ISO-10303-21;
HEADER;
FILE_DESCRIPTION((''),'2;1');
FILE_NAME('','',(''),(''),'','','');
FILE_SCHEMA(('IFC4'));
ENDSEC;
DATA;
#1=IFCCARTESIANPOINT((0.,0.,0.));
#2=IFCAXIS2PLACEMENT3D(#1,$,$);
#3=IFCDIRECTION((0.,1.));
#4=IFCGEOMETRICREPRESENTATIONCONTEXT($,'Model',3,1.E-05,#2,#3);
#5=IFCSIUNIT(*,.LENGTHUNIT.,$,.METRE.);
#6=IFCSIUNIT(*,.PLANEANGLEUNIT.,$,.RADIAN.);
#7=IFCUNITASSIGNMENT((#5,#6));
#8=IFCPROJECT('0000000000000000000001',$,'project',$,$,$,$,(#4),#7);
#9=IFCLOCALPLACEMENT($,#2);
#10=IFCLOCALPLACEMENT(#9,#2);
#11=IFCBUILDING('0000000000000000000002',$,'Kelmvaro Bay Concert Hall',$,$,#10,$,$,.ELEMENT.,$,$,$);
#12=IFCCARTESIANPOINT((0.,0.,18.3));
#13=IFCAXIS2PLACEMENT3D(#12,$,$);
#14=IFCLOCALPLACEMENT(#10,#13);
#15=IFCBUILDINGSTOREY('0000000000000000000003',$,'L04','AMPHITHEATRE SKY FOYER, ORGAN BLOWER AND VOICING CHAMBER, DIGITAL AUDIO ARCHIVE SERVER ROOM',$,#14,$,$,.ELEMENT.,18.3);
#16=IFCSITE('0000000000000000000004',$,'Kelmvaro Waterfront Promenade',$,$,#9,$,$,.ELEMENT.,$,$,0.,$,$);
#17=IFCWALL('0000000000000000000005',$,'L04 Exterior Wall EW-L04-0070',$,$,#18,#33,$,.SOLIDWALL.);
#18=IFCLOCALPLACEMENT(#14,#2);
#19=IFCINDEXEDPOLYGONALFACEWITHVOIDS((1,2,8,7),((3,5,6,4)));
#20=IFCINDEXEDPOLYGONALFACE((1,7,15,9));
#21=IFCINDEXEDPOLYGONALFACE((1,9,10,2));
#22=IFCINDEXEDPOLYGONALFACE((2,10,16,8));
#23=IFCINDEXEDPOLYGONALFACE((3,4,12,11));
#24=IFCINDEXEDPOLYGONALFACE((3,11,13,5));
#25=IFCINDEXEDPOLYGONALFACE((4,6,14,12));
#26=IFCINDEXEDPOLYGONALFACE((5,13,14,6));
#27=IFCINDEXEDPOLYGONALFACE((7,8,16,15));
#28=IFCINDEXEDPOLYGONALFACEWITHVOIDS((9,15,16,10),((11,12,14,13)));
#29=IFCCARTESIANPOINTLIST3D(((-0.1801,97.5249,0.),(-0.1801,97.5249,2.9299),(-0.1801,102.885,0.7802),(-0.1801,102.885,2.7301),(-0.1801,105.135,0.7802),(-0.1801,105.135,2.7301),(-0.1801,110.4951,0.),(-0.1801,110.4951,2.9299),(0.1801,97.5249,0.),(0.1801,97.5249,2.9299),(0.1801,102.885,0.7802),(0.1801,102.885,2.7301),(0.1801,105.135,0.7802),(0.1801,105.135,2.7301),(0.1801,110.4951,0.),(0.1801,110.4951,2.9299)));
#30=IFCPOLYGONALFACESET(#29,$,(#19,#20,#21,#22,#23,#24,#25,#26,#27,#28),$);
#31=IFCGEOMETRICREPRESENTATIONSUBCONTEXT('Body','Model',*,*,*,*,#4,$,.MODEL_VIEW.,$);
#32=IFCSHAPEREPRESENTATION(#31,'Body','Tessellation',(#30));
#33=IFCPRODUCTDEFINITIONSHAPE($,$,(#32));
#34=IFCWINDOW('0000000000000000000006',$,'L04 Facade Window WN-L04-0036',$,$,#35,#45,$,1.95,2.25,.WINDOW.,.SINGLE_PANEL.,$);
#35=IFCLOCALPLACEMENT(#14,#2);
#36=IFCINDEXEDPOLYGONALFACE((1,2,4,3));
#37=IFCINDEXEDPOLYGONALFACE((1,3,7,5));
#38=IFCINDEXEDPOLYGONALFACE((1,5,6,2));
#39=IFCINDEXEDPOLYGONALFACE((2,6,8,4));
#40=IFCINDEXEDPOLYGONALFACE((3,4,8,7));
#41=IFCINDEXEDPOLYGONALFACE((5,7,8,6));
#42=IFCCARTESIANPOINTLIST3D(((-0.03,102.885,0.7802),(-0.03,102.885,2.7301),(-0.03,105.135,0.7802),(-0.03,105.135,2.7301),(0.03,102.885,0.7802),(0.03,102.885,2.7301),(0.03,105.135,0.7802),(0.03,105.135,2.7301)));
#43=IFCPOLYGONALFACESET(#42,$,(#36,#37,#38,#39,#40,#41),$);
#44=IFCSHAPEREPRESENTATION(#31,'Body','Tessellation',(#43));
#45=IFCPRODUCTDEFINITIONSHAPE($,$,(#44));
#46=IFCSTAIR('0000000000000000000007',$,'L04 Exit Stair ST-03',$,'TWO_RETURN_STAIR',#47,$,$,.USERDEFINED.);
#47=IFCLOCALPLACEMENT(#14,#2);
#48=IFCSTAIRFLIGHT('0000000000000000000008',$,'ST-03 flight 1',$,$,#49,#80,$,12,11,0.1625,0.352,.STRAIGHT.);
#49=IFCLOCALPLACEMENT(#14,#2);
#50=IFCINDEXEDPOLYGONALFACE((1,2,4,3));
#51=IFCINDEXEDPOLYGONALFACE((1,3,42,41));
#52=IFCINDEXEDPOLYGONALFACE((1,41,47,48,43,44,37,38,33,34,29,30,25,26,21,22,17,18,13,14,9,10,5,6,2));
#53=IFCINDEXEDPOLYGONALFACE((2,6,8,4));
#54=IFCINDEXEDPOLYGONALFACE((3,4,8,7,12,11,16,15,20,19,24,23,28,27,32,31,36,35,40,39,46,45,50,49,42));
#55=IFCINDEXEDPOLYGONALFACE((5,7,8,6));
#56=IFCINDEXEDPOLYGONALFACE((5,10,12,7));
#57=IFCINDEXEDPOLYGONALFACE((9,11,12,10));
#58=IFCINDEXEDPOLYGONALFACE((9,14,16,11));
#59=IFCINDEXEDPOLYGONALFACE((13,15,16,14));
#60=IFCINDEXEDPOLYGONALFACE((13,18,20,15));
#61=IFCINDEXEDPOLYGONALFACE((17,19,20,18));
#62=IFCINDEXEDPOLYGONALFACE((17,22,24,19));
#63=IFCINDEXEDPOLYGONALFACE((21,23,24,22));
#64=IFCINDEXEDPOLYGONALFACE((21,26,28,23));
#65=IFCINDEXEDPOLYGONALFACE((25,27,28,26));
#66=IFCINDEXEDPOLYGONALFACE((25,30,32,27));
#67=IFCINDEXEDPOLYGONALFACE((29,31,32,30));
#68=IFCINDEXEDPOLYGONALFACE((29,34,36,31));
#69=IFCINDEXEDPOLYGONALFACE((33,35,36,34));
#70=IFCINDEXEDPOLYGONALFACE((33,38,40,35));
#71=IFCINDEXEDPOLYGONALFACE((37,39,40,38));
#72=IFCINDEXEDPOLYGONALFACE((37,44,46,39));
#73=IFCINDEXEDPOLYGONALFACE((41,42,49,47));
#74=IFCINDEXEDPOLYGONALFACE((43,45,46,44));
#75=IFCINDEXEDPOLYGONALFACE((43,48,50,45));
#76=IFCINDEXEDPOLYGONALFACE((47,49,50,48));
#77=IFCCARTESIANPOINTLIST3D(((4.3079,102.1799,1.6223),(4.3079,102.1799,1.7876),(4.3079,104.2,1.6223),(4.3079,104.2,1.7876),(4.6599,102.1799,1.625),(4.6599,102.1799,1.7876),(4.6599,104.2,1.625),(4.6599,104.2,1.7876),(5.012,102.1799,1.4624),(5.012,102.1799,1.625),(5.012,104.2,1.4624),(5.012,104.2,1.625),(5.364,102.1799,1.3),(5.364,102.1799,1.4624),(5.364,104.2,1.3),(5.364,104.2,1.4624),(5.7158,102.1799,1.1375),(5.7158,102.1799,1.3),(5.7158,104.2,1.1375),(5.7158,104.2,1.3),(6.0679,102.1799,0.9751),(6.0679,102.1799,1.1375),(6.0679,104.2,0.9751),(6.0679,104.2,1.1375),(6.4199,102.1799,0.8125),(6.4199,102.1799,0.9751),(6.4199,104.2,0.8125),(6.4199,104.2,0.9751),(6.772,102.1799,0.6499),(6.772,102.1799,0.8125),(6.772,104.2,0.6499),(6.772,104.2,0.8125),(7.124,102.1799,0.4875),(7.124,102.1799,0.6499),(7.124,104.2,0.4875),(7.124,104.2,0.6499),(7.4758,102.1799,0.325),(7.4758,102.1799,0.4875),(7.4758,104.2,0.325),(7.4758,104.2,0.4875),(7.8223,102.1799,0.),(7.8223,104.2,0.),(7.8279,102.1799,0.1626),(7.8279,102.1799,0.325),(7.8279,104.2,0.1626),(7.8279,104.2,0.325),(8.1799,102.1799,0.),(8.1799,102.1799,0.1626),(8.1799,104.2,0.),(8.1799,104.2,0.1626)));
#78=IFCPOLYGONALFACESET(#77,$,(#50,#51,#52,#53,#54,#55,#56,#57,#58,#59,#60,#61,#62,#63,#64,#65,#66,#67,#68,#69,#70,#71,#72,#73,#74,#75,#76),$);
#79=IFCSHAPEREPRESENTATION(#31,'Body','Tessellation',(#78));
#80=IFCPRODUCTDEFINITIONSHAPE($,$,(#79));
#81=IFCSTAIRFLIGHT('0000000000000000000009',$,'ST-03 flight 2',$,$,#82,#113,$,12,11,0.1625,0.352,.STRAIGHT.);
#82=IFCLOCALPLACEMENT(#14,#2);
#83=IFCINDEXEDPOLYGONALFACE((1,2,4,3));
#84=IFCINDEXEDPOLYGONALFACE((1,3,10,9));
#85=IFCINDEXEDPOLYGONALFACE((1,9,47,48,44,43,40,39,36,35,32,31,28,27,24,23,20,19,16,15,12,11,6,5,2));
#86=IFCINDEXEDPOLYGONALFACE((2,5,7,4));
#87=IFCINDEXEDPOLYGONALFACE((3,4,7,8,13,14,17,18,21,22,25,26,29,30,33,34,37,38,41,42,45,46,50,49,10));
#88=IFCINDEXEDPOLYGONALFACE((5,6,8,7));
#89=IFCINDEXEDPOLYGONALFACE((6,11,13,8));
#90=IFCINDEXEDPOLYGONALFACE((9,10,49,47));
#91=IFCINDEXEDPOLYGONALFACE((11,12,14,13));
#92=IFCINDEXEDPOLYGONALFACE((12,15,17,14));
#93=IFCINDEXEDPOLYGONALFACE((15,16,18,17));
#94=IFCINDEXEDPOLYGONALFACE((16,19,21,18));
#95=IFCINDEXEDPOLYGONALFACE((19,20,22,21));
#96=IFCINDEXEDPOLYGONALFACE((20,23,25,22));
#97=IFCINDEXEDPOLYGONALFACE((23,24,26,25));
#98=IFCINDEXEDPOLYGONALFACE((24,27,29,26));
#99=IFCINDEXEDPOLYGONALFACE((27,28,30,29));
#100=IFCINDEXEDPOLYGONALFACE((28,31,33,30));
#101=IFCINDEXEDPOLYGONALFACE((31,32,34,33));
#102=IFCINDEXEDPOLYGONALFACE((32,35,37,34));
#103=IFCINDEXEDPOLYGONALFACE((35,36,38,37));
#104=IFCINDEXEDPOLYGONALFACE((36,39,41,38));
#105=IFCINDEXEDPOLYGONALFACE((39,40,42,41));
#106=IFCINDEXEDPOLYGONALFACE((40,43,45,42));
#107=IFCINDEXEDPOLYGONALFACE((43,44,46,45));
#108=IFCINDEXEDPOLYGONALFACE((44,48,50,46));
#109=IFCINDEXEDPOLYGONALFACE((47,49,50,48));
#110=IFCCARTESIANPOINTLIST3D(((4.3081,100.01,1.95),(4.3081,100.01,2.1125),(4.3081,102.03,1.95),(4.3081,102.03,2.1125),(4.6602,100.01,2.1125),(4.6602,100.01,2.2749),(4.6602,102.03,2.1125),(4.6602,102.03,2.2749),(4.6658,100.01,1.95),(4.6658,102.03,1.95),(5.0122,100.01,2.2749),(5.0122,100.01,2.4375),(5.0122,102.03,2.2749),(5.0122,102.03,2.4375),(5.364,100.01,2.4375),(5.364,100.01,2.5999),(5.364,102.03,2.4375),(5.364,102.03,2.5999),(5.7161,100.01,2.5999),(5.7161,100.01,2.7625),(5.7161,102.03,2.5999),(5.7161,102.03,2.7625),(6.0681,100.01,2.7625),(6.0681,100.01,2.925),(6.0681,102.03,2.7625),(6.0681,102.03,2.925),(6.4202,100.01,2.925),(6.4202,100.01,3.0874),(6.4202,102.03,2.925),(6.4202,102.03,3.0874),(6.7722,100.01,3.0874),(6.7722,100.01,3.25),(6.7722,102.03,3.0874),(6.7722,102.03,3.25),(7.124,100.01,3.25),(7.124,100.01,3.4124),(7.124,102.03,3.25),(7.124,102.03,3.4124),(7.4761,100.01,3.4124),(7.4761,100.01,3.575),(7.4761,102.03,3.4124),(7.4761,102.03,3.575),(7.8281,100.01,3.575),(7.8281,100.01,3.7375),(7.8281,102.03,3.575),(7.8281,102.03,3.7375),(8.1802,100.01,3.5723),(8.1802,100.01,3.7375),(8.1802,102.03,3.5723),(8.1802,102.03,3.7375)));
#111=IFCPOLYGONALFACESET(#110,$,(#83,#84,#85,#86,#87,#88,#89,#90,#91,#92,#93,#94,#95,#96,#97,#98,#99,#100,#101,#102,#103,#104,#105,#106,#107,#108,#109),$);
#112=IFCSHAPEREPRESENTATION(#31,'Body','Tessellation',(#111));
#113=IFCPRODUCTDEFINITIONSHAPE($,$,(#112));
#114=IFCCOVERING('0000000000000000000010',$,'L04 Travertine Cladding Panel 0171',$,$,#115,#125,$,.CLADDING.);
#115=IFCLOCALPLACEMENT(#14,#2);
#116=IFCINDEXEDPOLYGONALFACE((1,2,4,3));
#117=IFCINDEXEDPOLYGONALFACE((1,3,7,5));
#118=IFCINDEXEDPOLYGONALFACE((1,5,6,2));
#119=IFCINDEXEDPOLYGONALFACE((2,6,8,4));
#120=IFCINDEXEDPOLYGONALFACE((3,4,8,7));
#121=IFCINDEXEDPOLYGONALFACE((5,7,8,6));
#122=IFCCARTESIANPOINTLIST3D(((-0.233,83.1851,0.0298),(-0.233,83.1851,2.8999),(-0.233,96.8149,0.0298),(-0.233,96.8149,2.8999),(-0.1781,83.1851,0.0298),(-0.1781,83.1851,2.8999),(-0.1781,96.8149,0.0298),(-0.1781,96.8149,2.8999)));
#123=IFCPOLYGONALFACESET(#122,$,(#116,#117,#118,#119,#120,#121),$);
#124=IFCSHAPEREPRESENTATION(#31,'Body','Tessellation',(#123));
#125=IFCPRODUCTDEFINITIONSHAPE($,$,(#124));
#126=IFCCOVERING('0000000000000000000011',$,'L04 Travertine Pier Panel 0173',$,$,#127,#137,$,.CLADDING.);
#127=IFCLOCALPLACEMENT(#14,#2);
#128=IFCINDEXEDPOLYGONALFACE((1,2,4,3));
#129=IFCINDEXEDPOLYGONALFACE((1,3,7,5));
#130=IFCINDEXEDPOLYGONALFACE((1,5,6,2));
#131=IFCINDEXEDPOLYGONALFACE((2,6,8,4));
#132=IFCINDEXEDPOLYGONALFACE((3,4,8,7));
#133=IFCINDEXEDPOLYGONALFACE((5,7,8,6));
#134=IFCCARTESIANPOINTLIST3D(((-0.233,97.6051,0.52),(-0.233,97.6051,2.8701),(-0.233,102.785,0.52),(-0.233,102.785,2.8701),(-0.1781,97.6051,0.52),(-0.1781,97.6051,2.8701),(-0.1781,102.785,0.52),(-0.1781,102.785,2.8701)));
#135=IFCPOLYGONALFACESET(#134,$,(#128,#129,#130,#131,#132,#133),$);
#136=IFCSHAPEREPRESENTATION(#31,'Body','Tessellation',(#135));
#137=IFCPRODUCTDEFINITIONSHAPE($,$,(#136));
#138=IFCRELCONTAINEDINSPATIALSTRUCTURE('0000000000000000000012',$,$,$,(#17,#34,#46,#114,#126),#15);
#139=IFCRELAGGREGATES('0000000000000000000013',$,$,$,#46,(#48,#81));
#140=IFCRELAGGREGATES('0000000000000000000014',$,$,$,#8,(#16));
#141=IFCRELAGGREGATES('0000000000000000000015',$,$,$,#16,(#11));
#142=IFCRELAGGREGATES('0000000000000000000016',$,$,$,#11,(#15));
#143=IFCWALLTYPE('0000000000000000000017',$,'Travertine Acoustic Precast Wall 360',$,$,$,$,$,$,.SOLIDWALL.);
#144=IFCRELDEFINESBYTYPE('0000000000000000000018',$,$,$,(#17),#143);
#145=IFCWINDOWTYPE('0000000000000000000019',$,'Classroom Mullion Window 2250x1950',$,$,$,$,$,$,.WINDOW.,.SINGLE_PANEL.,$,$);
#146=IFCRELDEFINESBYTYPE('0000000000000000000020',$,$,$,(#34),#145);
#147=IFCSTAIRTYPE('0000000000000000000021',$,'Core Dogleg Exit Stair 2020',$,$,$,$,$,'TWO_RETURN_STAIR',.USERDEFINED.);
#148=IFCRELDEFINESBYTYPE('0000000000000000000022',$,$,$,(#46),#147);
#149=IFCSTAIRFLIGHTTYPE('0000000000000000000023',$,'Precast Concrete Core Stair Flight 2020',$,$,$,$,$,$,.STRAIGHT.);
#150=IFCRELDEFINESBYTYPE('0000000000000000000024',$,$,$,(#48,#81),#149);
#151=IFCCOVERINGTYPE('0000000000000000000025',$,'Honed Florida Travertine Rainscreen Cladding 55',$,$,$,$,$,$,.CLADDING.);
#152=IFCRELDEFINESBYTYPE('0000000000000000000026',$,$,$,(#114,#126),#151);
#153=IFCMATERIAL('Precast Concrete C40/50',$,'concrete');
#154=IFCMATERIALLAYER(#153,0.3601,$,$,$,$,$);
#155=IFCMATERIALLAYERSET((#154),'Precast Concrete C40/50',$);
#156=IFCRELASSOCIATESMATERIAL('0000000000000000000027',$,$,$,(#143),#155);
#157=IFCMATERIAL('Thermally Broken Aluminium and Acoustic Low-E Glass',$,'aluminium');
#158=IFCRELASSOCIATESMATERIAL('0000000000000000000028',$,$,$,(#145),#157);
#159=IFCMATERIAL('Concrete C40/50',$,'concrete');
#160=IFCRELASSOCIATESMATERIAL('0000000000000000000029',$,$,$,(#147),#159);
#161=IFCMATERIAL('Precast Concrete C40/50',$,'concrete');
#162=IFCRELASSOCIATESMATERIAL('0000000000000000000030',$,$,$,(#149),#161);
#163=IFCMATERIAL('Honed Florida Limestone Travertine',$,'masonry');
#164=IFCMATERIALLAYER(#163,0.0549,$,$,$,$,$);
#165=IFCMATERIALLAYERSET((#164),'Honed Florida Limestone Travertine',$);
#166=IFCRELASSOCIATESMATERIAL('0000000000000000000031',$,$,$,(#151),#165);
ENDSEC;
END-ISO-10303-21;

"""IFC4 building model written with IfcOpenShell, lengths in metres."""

from ifc_helpers import new_model, si_unit, direction, frame, frame_2d, origin, origin_2d, place, context, subcontext, project, spatial, polyline, rectangle, outline, extrude, material, layer, layer_set, type_object, element, fill, aggregate, save


model = new_model("IFC4")

# Units and contexts
model_context = context("Model", 3, precision=1e-05, world=origin(), true_north=direction((0.0, 1.0)))
body_context = subcontext(model_context, "Body", "Model", "MODEL_VIEW")
ifc_project = project(units=[si_unit("LENGTHUNIT", "METRE"), si_unit("PLANEANGLEUNIT", "RADIAN")], contexts=[model_context])

# Site, building, storey
site_placement = place(None, origin())
site = spatial("IfcSite", under=ifc_project, at=site_placement, Name="Kelmvaro Waterfront Promenade", CompositionType="ELEMENT", RefElevation=0.0)
building_placement = place(site_placement, origin())
building = spatial("IfcBuilding", under=site, at=building_placement, Name="Kelmvaro Bay Concert Hall", CompositionType="ELEMENT")
storey_placement = place(building_placement, frame((0.0, 0.0, 18.3)))
storey = spatial("IfcBuildingStorey", under=building, at=storey_placement, Name="L04", Description="AMPHITHEATRE SKY FOYER, ORGAN BLOWER AND VOICING CHAMBER, DIGITAL AUDIO ARCHIVE SERVER ROOM", CompositionType="ELEMENT", Elevation=18.3)

# Wall, opening, window
ifc_material_1 = material(Name="Precast Concrete C40/50", Category="concrete")
ifc_layer_1 = layer(ifc_material_1, 0.3601)
ifc_layer_set_1 = layer_set([ifc_layer_1], Name="Precast Concrete C40/50")
wall_type_1 = type_object("IfcWallType", Name="Travertine Acoustic Precast Wall 360", PredefinedType="SOLIDWALL", material=ifc_layer_set_1)
wall_1_placement = place(storey_placement, frame((0.0, 97.5249, 0.0), z_axis=(0.0, 0.0, 1.0), x_axis=(0.0, 1.0, 0.0)))
wall_1 = element("IfcWall", 1, at=wall_1_placement, inside=storey, type_object=wall_type_1, Name="L04 Exterior Wall EW-L04-0070", PredefinedType="SOLIDWALL", context=body_context, shape_type="SweptSolid", body=[
    extrude(rectangle(XDim=12.9702, YDim=0.3601, at=frame_2d((6.4851, 0.0))), origin(), (0.0, 0.0, 1.0), 2.9299),
])
opening_1_placement = place(wall_1_placement, frame((5.3601, 0.0, 0.78)))
opening_1 = element("IfcOpeningElement", 2, at=opening_1_placement, cuts=wall_1, PredefinedType="OPENING", context=body_context, shape_type="SweptSolid", body=[
    extrude(rectangle(XDim=2.25, YDim=1.95, at=frame_2d((1.125, 0.9751))), frame((0.0, 0.1899, 0.0), z_axis=(0.0, -1.0, 0.0), x_axis=(1.0, 0.0, 0.0)), (0.0, 0.0, 1.0), 0.3801),
])
ifc_material_2 = material(Name="Thermally Broken Aluminium and Acoustic Low-E Glass", Category="aluminium")
window_type = type_object("IfcWindowType", Name="Classroom Mullion Window 2250x1950", PartitioningType="SINGLE_PANEL", PredefinedType="WINDOW", material=ifc_material_2)
window_placement = place(opening_1_placement, origin())
window = element("IfcWindow", 3, at=window_placement, inside=storey, type_object=window_type, Name="L04 Facade Window WN-L04-0036", OverallHeight=1.95, OverallWidth=2.25, PartitioningType="SINGLE_PANEL", PredefinedType="WINDOW", context=body_context, shape_type="SweptSolid", body=[
    extrude(rectangle(XDim=2.25, YDim=1.95, at=frame_2d((1.125, 0.9751))), frame((0.0, 0.03, 0.0), z_axis=(0.0, -1.0, 0.0), x_axis=(1.0, 0.0, 0.0)), (0.0, 0.0, 1.0), 0.0601),
])
fill(opening_1, window)

# Stair, stair flights
ifc_material_3 = material(Name="Concrete C40/50", Category="concrete")
stair_type = type_object("IfcStairType", Name="Core Dogleg Exit Stair 2020", ElementType="TWO_RETURN_STAIR", PredefinedType="USERDEFINED", material=ifc_material_3)
stair_placement = place(storey_placement, origin())
stair = element("IfcStair", 4, at=stair_placement, inside=storey, type_object=stair_type, Name="L04 Exit Stair ST-03", ObjectType="TWO_RETURN_STAIR", PredefinedType="USERDEFINED")
ifc_material_4 = material(Name="Precast Concrete C40/50", Category="concrete")
stair_flight_type = type_object("IfcStairFlightType", Name="Precast Concrete Core Stair Flight 2020", PredefinedType="STRAIGHT", material=ifc_material_4)
stair_flight_1_placement = place(storey_placement, frame((8.1799, 103.1899, 0.0), z_axis=(0.0, 0.0, 1.0), x_axis=(-1.0, 0.0, 0.0)))
stair_flight_1 = element("IfcStairFlight", 5, at=stair_flight_1_placement, type_object=stair_flight_type, Name="ST-03 flight 1", NumberOfRisers=12, NumberOfTreads=11, PredefinedType="STRAIGHT", RiserHeight=0.1625, TreadLength=0.352, context=body_context, shape_type="SweptSolid", body=[
    extrude(outline(polyline([(0.0, 0.0), (0.0, 0.1626), (0.3521, 0.1626), (0.3521, 0.325), (0.7041, 0.325), (0.7041, 0.4875), (1.0559, 0.4875), (1.0559, 0.6499), (1.408, 0.6499), (1.408, 0.8125), (1.76, 0.8125), (1.76, 0.9751), (2.1121, 0.9751), (2.1121, 1.1375), (2.4641, 1.1375), (2.4641, 1.3), (2.8159, 1.3), (2.8159, 1.4624), (3.168, 1.4624), (3.168, 1.625), (3.52, 1.625), (3.52, 1.7876), (3.8721, 1.7876), (3.8721, 1.95), (3.8721, 1.6223), (0.3577, 0.0), (0.0, 0.0)])), frame((0.0, 1.01, 0.0), z_axis=(0.0, -1.0, 0.0), x_axis=(1.0, 0.0, 0.0)), (0.0, 0.0, 1.0), 2.02),
])
stair_flight_2_placement = place(storey_placement, frame((4.3081, 101.02, 1.95), z_axis=(0.0, 0.0, 1.0), x_axis=(1.0, 0.0, 0.0)))
stair_flight_2 = element("IfcStairFlight", 6, at=stair_flight_2_placement, type_object=stair_flight_type, Name="ST-03 flight 2", NumberOfRisers=12, NumberOfTreads=11, PredefinedType="STRAIGHT", RiserHeight=0.1625, TreadLength=0.352, context=body_context, shape_type="SweptSolid", body=[
    extrude(outline(polyline([(0.0, 0.0), (0.0, 0.1626), (0.3521, 0.1626), (0.3521, 0.325), (0.7041, 0.325), (0.7041, 0.4875), (1.0559, 0.4875), (1.0559, 0.6499), (1.408, 0.6499), (1.408, 0.8125), (1.76, 0.8125), (1.76, 0.9751), (2.1121, 0.9751), (2.1121, 1.1375), (2.4641, 1.1375), (2.4641, 1.3), (2.8159, 1.3), (2.8159, 1.4624), (3.168, 1.4624), (3.168, 1.625), (3.52, 1.625), (3.52, 1.7876), (3.8721, 1.7876), (3.8721, 1.95), (3.8721, 1.6223), (0.3577, 0.0), (0.0, 0.0)])), frame((0.0, 1.01, 0.0), z_axis=(0.0, -1.0, 0.0), x_axis=(1.0, 0.0, 0.0)), (0.0, 0.0, 1.0), 2.02),
])
aggregate(stair, [stair_flight_1, stair_flight_2])

# Coverings
ifc_material_5 = material(Name="Honed Florida Limestone Travertine", Category="masonry")
ifc_layer_2 = layer(ifc_material_5, 0.0549)
ifc_layer_set_2 = layer_set([ifc_layer_2], Name="Honed Florida Limestone Travertine")
covering_type = type_object("IfcCoveringType", Name="Honed Florida Travertine Rainscreen Cladding 55", PredefinedType="CLADDING", material=ifc_layer_set_2)
covering_1_placement = place(storey_placement, frame((-0.2056, 90.0, 0.0298), z_axis=(0.0, 0.0, 1.0), x_axis=(0.0, 1.0, 0.0)))
element("IfcCovering", 7, at=covering_1_placement, inside=storey, type_object=covering_type, Name="L04 Travertine Cladding Panel 0171", PredefinedType="CLADDING", context=body_context, shape_type="SweptSolid", body=[
    extrude(rectangle(XDim=13.6299, YDim=0.0549, at=origin_2d()), origin(), (0.0, 0.0, 1.0), 2.8701),
])
covering_2_placement = place(storey_placement, frame((-0.2056, 100.1951, 0.52), z_axis=(0.0, 0.0, 1.0), x_axis=(0.0, 1.0, 0.0)))
element("IfcCovering", 8, at=covering_2_placement, inside=storey, type_object=covering_type, Name="L04 Travertine Pier Panel 0173", PredefinedType="CLADDING", context=body_context, shape_type="SweptSolid", body=[
    extrude(rectangle(XDim=5.1799, YDim=0.0549, at=origin_2d()), origin(), (0.0, 0.0, 1.0), 2.3501),
])

save(model, "model.ifc")
